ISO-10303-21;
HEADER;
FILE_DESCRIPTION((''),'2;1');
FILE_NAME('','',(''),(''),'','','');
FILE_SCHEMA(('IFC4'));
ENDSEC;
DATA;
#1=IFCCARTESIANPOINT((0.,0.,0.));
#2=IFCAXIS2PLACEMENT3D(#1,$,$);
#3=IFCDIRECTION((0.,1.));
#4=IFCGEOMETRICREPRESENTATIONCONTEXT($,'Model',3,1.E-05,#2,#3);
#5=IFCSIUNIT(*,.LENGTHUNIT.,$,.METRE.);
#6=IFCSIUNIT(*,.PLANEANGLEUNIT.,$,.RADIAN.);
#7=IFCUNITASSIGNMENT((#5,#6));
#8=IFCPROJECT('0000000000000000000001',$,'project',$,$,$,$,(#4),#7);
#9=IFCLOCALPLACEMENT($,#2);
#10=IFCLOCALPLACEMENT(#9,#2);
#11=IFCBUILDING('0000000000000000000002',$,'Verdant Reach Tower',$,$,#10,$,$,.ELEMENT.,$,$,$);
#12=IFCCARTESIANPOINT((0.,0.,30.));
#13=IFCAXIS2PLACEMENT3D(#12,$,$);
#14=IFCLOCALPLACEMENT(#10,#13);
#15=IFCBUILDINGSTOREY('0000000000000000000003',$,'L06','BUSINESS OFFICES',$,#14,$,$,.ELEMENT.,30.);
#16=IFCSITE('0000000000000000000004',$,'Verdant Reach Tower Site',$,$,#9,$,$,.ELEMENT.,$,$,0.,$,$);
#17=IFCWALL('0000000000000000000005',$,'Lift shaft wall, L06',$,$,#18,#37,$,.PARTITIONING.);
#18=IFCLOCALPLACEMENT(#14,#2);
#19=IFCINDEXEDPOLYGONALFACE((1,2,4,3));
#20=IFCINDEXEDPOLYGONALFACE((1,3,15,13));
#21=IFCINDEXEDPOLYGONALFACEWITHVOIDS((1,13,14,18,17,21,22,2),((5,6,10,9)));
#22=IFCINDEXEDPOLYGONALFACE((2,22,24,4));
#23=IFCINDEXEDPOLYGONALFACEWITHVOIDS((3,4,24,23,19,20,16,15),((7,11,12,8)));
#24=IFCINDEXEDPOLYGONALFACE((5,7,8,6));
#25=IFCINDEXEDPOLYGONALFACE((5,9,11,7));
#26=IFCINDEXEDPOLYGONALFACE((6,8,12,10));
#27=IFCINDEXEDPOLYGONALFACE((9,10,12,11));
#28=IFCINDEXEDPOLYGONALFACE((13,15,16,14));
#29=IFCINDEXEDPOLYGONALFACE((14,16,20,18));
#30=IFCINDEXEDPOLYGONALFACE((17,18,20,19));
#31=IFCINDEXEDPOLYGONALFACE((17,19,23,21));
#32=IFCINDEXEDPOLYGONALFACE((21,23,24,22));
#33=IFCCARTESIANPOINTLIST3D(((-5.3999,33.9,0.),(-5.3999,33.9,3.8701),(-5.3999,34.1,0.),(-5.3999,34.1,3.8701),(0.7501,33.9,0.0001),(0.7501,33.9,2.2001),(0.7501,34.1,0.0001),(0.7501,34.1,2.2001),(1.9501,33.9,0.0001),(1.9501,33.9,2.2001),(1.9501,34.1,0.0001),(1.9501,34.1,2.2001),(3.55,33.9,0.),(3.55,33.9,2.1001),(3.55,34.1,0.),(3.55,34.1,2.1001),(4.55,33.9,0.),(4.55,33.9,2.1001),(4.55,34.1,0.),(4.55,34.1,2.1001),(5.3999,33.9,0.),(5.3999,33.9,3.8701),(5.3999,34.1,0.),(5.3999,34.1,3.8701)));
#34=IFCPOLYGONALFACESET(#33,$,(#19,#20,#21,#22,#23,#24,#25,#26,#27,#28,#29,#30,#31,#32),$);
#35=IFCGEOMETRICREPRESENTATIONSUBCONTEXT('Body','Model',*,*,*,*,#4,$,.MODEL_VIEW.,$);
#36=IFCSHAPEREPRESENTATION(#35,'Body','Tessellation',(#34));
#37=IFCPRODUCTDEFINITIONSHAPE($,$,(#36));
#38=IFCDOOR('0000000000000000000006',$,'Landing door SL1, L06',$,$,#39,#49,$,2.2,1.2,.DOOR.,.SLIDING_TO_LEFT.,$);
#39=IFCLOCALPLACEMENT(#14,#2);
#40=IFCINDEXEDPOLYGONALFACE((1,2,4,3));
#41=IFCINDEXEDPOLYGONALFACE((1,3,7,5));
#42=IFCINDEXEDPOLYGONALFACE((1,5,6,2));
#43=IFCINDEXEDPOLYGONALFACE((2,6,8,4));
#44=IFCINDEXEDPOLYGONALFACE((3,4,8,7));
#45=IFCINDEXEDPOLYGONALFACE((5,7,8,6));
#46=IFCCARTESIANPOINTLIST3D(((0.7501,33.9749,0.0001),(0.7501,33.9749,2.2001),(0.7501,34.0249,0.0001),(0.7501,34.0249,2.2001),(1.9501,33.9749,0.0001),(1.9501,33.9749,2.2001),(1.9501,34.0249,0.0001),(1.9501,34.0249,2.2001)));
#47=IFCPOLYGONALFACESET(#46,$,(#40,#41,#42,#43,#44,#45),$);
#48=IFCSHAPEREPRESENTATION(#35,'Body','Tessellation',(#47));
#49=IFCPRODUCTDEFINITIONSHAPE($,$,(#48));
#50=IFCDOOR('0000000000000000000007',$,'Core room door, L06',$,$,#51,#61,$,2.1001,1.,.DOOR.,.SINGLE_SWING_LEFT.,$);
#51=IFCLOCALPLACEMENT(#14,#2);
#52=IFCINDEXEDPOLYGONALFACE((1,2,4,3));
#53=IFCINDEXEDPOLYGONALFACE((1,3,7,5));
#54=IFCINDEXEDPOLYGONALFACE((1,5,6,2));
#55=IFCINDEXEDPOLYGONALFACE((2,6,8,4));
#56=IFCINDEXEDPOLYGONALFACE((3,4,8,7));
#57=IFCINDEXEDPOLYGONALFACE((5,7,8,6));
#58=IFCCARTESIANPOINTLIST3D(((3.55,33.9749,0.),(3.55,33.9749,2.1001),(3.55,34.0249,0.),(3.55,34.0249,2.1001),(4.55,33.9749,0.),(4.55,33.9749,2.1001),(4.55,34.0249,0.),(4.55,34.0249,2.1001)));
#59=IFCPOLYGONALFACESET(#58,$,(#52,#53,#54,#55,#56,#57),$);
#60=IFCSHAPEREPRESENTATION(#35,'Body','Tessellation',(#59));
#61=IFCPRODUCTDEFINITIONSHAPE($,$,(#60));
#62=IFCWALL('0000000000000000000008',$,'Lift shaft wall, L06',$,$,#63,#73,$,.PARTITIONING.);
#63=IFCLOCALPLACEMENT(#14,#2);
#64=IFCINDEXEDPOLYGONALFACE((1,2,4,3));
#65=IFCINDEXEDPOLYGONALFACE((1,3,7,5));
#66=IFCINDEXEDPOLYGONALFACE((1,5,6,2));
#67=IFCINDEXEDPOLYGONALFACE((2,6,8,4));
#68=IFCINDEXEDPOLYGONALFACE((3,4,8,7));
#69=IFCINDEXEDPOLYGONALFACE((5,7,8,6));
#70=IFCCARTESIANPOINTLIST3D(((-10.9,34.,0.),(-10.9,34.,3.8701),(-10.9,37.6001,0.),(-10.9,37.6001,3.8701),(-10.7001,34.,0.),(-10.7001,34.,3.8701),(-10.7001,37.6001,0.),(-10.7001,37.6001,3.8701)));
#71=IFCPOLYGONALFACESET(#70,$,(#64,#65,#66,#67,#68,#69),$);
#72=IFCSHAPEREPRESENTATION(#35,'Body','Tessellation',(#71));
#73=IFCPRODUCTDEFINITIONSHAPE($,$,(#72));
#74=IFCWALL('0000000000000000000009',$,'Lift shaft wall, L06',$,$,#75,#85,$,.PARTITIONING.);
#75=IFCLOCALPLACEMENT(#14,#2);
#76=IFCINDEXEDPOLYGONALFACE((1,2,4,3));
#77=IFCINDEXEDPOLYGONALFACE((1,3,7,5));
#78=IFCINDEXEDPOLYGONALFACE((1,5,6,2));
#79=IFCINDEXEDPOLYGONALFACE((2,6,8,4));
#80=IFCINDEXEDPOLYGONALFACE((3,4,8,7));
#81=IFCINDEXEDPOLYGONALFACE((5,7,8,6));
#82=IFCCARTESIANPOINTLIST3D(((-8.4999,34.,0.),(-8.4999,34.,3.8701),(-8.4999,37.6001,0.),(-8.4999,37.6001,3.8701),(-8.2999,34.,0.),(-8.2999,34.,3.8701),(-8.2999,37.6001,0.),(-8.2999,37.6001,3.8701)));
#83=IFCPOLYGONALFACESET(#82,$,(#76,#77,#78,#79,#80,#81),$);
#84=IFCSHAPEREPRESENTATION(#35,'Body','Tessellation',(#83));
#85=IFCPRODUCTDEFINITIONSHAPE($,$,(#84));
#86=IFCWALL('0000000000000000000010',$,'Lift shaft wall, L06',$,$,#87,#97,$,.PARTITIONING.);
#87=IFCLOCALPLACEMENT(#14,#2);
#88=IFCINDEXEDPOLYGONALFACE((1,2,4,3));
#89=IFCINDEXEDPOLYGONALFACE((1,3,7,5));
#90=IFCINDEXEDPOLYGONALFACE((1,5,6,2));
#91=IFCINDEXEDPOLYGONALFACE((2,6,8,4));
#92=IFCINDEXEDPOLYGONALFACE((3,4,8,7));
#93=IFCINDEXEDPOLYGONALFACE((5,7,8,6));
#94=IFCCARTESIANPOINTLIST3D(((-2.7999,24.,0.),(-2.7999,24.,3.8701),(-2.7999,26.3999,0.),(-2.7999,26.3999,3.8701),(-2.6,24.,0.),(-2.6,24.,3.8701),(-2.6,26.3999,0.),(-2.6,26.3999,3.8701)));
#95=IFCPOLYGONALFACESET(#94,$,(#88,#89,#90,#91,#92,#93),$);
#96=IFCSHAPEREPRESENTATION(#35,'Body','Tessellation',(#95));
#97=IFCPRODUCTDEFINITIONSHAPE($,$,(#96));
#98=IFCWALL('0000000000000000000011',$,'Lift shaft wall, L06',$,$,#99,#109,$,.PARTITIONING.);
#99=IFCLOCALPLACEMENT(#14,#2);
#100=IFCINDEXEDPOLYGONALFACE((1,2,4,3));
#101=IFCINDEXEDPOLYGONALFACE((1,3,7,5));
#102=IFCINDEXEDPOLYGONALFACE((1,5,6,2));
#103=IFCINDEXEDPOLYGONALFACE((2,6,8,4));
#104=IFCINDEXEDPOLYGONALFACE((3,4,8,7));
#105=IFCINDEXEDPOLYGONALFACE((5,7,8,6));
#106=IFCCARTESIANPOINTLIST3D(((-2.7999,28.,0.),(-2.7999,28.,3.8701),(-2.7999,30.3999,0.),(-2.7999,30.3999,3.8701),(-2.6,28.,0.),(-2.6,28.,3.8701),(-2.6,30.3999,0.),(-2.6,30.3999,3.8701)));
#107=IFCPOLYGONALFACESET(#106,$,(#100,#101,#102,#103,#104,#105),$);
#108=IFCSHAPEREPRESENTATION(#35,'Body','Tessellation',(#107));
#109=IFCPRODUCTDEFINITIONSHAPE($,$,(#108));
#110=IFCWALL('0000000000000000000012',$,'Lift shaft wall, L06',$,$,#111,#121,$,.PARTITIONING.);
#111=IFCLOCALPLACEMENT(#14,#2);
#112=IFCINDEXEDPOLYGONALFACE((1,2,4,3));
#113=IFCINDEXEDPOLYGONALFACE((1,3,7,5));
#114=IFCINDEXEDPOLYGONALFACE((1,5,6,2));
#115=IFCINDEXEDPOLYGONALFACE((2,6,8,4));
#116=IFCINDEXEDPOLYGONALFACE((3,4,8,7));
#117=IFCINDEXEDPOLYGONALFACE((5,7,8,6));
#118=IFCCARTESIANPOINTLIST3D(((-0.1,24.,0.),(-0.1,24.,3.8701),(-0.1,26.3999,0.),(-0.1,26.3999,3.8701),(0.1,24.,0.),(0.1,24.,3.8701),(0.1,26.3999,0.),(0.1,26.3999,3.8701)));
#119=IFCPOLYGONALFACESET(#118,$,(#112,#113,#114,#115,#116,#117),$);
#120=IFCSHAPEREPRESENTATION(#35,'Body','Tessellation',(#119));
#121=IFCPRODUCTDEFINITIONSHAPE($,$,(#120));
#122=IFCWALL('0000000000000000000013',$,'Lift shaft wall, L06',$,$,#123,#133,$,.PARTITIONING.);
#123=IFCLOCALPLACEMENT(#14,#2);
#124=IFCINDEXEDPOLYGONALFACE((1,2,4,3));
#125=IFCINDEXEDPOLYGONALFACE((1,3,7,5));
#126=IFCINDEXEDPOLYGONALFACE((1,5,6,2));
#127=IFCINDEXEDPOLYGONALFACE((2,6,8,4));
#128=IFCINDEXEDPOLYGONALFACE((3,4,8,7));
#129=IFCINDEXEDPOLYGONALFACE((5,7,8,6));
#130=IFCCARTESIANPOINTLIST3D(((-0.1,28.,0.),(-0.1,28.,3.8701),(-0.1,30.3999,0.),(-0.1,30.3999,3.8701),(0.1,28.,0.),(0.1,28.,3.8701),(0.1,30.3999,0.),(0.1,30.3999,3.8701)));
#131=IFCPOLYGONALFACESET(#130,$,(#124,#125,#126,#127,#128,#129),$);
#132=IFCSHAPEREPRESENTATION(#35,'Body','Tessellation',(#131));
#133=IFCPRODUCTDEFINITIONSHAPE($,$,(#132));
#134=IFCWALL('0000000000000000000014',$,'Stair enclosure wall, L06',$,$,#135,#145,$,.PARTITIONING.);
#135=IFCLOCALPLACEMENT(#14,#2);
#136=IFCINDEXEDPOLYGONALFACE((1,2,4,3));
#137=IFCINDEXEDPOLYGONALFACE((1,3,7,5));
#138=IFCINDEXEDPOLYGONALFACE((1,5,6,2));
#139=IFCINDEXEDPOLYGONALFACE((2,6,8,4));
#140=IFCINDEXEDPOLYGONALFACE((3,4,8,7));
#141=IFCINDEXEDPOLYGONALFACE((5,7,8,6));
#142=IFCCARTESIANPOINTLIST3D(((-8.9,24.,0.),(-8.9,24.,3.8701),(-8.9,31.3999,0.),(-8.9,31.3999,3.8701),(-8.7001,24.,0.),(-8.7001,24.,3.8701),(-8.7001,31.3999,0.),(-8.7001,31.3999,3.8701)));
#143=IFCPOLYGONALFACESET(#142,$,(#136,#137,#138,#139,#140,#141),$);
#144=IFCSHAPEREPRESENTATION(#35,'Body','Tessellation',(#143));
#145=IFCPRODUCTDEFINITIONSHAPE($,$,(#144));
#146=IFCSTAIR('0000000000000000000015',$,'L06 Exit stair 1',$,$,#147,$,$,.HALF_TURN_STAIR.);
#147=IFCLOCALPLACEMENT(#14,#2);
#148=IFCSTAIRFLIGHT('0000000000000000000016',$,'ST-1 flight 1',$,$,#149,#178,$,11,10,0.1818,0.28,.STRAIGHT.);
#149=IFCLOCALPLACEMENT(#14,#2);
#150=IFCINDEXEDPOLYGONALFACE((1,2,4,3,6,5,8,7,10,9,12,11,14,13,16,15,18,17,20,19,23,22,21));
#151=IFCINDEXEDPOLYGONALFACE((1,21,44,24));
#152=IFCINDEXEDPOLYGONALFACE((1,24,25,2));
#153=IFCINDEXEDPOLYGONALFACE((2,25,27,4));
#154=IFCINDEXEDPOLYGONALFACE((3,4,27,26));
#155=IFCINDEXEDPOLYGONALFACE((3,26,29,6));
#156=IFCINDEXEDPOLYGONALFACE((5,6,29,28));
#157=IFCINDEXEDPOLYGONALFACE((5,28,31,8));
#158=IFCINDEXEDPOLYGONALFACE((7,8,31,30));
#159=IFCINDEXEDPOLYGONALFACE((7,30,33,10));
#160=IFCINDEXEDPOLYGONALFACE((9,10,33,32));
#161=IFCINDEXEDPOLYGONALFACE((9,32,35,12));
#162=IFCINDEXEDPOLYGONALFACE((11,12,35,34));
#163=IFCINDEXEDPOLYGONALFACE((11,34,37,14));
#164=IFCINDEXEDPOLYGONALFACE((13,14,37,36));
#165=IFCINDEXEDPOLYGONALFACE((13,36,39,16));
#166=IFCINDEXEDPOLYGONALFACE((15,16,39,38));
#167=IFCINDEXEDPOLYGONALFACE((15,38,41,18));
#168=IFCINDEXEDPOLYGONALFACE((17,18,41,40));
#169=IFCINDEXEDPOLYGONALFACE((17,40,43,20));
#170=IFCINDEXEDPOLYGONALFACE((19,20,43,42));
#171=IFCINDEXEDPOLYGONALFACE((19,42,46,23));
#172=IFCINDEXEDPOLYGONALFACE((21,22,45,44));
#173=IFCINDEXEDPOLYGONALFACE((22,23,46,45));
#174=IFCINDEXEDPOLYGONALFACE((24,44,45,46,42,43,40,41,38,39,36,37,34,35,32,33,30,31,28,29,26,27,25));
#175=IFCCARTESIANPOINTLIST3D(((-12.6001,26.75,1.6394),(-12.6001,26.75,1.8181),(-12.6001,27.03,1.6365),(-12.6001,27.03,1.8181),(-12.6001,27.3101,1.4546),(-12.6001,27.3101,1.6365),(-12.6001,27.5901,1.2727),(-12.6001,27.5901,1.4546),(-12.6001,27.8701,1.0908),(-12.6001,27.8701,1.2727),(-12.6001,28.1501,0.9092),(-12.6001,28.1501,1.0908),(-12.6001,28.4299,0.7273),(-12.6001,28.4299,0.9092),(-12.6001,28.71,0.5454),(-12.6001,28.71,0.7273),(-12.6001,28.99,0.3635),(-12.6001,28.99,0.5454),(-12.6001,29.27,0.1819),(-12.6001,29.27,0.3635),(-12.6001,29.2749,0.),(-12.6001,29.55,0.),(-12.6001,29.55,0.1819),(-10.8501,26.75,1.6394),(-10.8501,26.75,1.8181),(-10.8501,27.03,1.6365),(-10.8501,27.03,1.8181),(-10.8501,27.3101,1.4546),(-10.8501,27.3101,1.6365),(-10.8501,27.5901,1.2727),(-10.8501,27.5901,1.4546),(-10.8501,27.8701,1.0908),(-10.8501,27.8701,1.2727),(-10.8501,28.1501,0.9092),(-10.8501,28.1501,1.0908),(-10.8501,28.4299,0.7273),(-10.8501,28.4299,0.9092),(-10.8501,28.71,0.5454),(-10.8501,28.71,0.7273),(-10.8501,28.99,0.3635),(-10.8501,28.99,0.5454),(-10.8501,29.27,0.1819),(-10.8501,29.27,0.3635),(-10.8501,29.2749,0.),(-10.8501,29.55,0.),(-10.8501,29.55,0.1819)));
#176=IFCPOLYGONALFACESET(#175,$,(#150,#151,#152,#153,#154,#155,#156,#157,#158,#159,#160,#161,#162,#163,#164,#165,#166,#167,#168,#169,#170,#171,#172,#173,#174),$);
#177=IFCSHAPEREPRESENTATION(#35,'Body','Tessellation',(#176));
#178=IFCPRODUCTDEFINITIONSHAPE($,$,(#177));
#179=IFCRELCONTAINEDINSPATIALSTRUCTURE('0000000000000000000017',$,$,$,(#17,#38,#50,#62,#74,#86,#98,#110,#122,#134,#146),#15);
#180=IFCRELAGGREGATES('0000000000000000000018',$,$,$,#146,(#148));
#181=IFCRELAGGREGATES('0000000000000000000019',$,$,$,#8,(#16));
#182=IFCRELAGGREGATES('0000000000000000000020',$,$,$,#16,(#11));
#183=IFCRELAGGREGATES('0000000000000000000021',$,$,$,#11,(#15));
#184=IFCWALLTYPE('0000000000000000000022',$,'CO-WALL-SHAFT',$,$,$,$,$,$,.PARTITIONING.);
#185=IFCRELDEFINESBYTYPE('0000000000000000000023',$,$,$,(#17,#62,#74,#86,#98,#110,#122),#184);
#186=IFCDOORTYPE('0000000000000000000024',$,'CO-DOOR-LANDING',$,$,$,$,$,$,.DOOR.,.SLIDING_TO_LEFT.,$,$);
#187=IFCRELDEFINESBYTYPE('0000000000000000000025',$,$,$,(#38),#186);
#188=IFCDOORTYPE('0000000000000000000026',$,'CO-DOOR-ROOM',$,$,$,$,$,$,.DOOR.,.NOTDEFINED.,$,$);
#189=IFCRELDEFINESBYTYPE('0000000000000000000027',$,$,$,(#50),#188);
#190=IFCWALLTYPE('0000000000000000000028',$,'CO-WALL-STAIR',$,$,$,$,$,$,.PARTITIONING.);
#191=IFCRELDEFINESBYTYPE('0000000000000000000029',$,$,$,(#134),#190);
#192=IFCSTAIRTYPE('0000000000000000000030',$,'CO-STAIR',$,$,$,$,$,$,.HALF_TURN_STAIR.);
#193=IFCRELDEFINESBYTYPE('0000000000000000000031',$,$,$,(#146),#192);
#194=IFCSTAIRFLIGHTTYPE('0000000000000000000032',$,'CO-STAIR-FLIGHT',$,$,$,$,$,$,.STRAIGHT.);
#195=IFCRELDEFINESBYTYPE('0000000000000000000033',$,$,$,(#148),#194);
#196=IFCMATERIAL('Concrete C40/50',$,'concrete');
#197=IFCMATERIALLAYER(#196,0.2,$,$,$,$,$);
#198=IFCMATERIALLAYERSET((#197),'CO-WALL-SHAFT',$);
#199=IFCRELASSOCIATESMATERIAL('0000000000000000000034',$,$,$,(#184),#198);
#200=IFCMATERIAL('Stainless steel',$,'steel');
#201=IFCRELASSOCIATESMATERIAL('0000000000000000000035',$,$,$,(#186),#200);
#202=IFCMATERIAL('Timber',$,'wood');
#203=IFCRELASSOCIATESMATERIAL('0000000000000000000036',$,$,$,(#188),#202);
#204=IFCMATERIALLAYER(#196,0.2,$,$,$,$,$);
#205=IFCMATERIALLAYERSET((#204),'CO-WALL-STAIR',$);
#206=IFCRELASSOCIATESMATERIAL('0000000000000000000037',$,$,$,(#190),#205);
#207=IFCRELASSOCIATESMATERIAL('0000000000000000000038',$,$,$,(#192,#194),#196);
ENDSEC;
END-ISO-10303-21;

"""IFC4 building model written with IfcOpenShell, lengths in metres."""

from ifc_helpers import new_model, si_unit, direction, frame, frame_2d, origin, place, context, subcontext, project, spatial, polyline, rectangle, outline, extrude, material, layer, layer_set, type_object, element, fill, aggregate, save


model = new_model("IFC4")

# Units and contexts
model_context = context("Model", 3, precision=1e-05, world=origin(), true_north=direction((0.0, 1.0)))
body_context = subcontext(model_context, "Body", "Model", "MODEL_VIEW")
ifc_project = project(units=[si_unit("LENGTHUNIT", "METRE"), si_unit("PLANEANGLEUNIT", "RADIAN")], contexts=[model_context])

# Site, building, storey
site_placement = place(None, origin())
site = spatial("IfcSite", under=ifc_project, at=site_placement, Name="Verdant Reach Tower Site", CompositionType="ELEMENT", RefElevation=0.0)
building_placement = place(site_placement, origin())
building = spatial("IfcBuilding", under=site, at=building_placement, Name="Verdant Reach Tower", CompositionType="ELEMENT")
storey_placement = place(building_placement, frame((0.0, 0.0, 30.0)))
storey = spatial("IfcBuildingStorey", under=building, at=storey_placement, Name="L06", Description="BUSINESS OFFICES", CompositionType="ELEMENT", Elevation=30.0)

# Shared definitions
ifc_material_1 = material(Name="Concrete C40/50", Category="concrete")
ifc_layer_1 = layer(ifc_material_1, 0.2)
ifc_layer_set_1 = layer_set([ifc_layer_1], Name="CO-WALL-SHAFT")
wall_type_1 = type_object("IfcWallType", Name="CO-WALL-SHAFT", PredefinedType="PARTITIONING", material=ifc_layer_set_1)
ifc_material_2 = material(Name="Stainless steel", Category="steel")
door_type_1 = type_object("IfcDoorType", Name="CO-DOOR-LANDING", OperationType="SLIDING_TO_LEFT", PredefinedType="DOOR", material=ifc_material_2)

# Wall, openings, doors
wall_1_placement = place(storey_placement, frame((-5.3999, 34.0, 0.0), z_axis=(0.0, 0.0, 1.0), x_axis=(1.0, 0.0, 0.0)))
wall_1 = element("IfcWall", 1, at=wall_1_placement, inside=storey, type_object=wall_type_1, Name="Lift shaft wall, L06", PredefinedType="PARTITIONING", context=body_context, shape_type="SweptSolid", body=[
    extrude(rectangle(XDim=10.7998, YDim=0.2, at=frame_2d((5.3999, 0.0))), origin(), (0.0, 0.0, 1.0), 3.8701),
])
opening_1_placement = place(wall_1_placement, frame((6.1499, 0.0, 0.0)))
opening_1 = element("IfcOpeningElement", 2, at=opening_1_placement, cuts=wall_1, PredefinedType="OPENING", context=body_context, shape_type="SweptSolid", body=[
    extrude(rectangle(XDim=1.2, YDim=2.2, at=frame_2d((0.6001, 1.1001))), frame((0.0, 0.1099, 0.0), z_axis=(0.0, -1.0, 0.0), x_axis=(1.0, 0.0, 0.0)), (0.0, 0.0, 1.0), 0.22),
])
opening_2_placement = place(wall_1_placement, frame((8.95, 0.0, 0.0)))
opening_2 = element("IfcOpeningElement", 3, at=opening_2_placement, cuts=wall_1, PredefinedType="OPENING", context=body_context, shape_type="SweptSolid", body=[
    extrude(rectangle(XDim=1.0, YDim=2.1001, at=frame_2d((0.5, 1.05))), frame((0.0, 0.1099, 0.0), z_axis=(0.0, -1.0, 0.0), x_axis=(1.0, 0.0, 0.0)), (0.0, 0.0, 1.0), 0.22),
])
door_1_placement = place(opening_1_placement, origin())
door_1 = element("IfcDoor", 4, at=door_1_placement, inside=storey, type_object=door_type_1, Name="Landing door SL1, L06", OperationType="SLIDING_TO_LEFT", OverallHeight=2.2, OverallWidth=1.2, PredefinedType="DOOR", context=body_context, shape_type="SweptSolid", body=[
    extrude(rectangle(XDim=1.2, YDim=2.2, at=frame_2d((0.6001, 1.1001))), frame((0.0, 0.0249, 0.0), z_axis=(0.0, -1.0, 0.0), x_axis=(1.0, 0.0, 0.0)), (0.0, 0.0, 1.0), 0.05),
])
fill(opening_1, door_1)
ifc_material_3 = material(Name="Timber", Category="wood")
door_type_2 = type_object("IfcDoorType", Name="CO-DOOR-ROOM", OperationType="NOTDEFINED", PredefinedType="DOOR", material=ifc_material_3)
door_2_placement = place(opening_2_placement, origin())
door_2 = element("IfcDoor", 5, at=door_2_placement, inside=storey, type_object=door_type_2, Name="Core room door, L06", OperationType="SINGLE_SWING_LEFT", OverallHeight=2.1001, OverallWidth=1.0, PredefinedType="DOOR", context=body_context, shape_type="SweptSolid", body=[
    extrude(rectangle(XDim=1.0, YDim=2.1001, at=frame_2d((0.5, 1.05))), frame((0.0, 0.0249, 0.0), z_axis=(0.0, -1.0, 0.0), x_axis=(1.0, 0.0, 0.0)), (0.0, 0.0, 1.0), 0.05),
])
fill(opening_2, door_2)

# Walls
for number, where, z_axis, x_axis, name in (
    (6, (-10.8, 34.0, 0.0), (0.0, 0.0, 1.0), (0.0, 1.0, 0.0), "Lift shaft wall, L06"),
    (7, (-8.3999, 34.0, 0.0), (0.0, 0.0, 1.0), (0.0, 1.0, 0.0), "Lift shaft wall, L06"),
):
    element("IfcWall", number, at=place(storey_placement, frame(where, z_axis=z_axis, x_axis=x_axis)), inside=storey, type_object=wall_type_1, Name=name, PredefinedType="PARTITIONING", context=body_context, shape_type="SweptSolid", body=[
        extrude(rectangle(XDim=3.6001, YDim=0.2, at=frame_2d((1.8, 0.0))), origin(), (0.0, 0.0, 1.0), 3.8701),
    ])
for number, where, z_axis, x_axis, name in (
    (8, (-2.7, 24.0, 0.0), (0.0, 0.0, 1.0), (0.0, 1.0, 0.0), "Lift shaft wall, L06"),
    (9, (-2.7, 28.0, 0.0), (0.0, 0.0, 1.0), (0.0, 1.0, 0.0), "Lift shaft wall, L06"),
    (10, (0.0, 24.0, 0.0), (0.0, 0.0, 1.0), (0.0, 1.0, 0.0), "Lift shaft wall, L06"),
    (11, (0.0, 28.0, 0.0), (0.0, 0.0, 1.0), (0.0, 1.0, 0.0), "Lift shaft wall, L06"),
):
    element("IfcWall", number, at=place(storey_placement, frame(where, z_axis=z_axis, x_axis=x_axis)), inside=storey, type_object=wall_type_1, Name=name, PredefinedType="PARTITIONING", context=body_context, shape_type="SweptSolid", body=[
        extrude(rectangle(XDim=2.3999, YDim=0.2, at=frame_2d((1.2, 0.0))), origin(), (0.0, 0.0, 1.0), 3.8701),
    ])
ifc_layer_2 = layer(ifc_material_1, 0.2)
ifc_layer_set_2 = layer_set([ifc_layer_2], Name="CO-WALL-STAIR")
wall_type_2 = type_object("IfcWallType", Name="CO-WALL-STAIR", PredefinedType="PARTITIONING", material=ifc_layer_set_2)
wall_2_placement = place(storey_placement, frame((-8.8, 24.0, 0.0), z_axis=(0.0, 0.0, 1.0), x_axis=(0.0, 1.0, 0.0)))
element("IfcWall", 12, at=wall_2_placement, inside=storey, type_object=wall_type_2, Name="Stair enclosure wall, L06", PredefinedType="PARTITIONING", context=body_context, shape_type="SweptSolid", body=[
    extrude(rectangle(XDim=7.3999, YDim=0.2, at=frame_2d((3.7, 0.0))), origin(), (0.0, 0.0, 1.0), 3.8701),
])

# Stair, stair flight
stair_type = type_object("IfcStairType", Name="CO-STAIR", PredefinedType="HALF_TURN_STAIR", material=ifc_material_1)
stair_placement = place(storey_placement, origin())
stair = element("IfcStair", 13, at=stair_placement, inside=storey, type_object=stair_type, Name="L06 Exit stair 1", PredefinedType="HALF_TURN_STAIR")
stair_flight_type = type_object("IfcStairFlightType", Name="CO-STAIR-FLIGHT", PredefinedType="STRAIGHT", material=ifc_material_1)
stair_flight_1_placement = place(storey_placement, frame((-11.7251, 29.55, 0.0), z_axis=(0.0, 0.0, 1.0), x_axis=(0.0, -1.0, 0.0)))
stair_flight_1 = element("IfcStairFlight", 14, at=stair_flight_1_placement, type_object=stair_flight_type, Name="ST-1 flight 1", NumberOfRisers=11, NumberOfTreads=10, PredefinedType="STRAIGHT", RiserHeight=0.1818, TreadLength=0.28, context=body_context, shape_type="SweptSolid", body=[
    extrude(outline(polyline([(0.0, 0.0), (0.0, 0.1819), (0.28, 0.1819), (0.28, 0.3635), (0.5601, 0.3635), (0.5601, 0.5454), (0.8401, 0.5454), (0.8401, 0.7273), (1.1201, 0.7273), (1.1201, 0.9092), (1.3999, 0.9092), (1.3999, 1.0908), (1.6799, 1.0908), (1.6799, 1.2727), (1.96, 1.2727), (1.96, 1.4546), (2.24, 1.4546), (2.24, 1.6365), (2.52, 1.6365), (2.52, 1.8181), (2.8, 1.8181), (2.8, 2.0), (2.8, 1.6394), (0.2751, 0.0), (0.0, 0.0)])), frame((0.0, 0.875, 0.0), z_axis=(0.0, -1.0, 0.0), x_axis=(1.0, 0.0, 0.0)), (0.0, 0.0, 1.0), 1.75),
])
aggregate(stair, [stair_flight_1])

save(model, "model.ifc")
